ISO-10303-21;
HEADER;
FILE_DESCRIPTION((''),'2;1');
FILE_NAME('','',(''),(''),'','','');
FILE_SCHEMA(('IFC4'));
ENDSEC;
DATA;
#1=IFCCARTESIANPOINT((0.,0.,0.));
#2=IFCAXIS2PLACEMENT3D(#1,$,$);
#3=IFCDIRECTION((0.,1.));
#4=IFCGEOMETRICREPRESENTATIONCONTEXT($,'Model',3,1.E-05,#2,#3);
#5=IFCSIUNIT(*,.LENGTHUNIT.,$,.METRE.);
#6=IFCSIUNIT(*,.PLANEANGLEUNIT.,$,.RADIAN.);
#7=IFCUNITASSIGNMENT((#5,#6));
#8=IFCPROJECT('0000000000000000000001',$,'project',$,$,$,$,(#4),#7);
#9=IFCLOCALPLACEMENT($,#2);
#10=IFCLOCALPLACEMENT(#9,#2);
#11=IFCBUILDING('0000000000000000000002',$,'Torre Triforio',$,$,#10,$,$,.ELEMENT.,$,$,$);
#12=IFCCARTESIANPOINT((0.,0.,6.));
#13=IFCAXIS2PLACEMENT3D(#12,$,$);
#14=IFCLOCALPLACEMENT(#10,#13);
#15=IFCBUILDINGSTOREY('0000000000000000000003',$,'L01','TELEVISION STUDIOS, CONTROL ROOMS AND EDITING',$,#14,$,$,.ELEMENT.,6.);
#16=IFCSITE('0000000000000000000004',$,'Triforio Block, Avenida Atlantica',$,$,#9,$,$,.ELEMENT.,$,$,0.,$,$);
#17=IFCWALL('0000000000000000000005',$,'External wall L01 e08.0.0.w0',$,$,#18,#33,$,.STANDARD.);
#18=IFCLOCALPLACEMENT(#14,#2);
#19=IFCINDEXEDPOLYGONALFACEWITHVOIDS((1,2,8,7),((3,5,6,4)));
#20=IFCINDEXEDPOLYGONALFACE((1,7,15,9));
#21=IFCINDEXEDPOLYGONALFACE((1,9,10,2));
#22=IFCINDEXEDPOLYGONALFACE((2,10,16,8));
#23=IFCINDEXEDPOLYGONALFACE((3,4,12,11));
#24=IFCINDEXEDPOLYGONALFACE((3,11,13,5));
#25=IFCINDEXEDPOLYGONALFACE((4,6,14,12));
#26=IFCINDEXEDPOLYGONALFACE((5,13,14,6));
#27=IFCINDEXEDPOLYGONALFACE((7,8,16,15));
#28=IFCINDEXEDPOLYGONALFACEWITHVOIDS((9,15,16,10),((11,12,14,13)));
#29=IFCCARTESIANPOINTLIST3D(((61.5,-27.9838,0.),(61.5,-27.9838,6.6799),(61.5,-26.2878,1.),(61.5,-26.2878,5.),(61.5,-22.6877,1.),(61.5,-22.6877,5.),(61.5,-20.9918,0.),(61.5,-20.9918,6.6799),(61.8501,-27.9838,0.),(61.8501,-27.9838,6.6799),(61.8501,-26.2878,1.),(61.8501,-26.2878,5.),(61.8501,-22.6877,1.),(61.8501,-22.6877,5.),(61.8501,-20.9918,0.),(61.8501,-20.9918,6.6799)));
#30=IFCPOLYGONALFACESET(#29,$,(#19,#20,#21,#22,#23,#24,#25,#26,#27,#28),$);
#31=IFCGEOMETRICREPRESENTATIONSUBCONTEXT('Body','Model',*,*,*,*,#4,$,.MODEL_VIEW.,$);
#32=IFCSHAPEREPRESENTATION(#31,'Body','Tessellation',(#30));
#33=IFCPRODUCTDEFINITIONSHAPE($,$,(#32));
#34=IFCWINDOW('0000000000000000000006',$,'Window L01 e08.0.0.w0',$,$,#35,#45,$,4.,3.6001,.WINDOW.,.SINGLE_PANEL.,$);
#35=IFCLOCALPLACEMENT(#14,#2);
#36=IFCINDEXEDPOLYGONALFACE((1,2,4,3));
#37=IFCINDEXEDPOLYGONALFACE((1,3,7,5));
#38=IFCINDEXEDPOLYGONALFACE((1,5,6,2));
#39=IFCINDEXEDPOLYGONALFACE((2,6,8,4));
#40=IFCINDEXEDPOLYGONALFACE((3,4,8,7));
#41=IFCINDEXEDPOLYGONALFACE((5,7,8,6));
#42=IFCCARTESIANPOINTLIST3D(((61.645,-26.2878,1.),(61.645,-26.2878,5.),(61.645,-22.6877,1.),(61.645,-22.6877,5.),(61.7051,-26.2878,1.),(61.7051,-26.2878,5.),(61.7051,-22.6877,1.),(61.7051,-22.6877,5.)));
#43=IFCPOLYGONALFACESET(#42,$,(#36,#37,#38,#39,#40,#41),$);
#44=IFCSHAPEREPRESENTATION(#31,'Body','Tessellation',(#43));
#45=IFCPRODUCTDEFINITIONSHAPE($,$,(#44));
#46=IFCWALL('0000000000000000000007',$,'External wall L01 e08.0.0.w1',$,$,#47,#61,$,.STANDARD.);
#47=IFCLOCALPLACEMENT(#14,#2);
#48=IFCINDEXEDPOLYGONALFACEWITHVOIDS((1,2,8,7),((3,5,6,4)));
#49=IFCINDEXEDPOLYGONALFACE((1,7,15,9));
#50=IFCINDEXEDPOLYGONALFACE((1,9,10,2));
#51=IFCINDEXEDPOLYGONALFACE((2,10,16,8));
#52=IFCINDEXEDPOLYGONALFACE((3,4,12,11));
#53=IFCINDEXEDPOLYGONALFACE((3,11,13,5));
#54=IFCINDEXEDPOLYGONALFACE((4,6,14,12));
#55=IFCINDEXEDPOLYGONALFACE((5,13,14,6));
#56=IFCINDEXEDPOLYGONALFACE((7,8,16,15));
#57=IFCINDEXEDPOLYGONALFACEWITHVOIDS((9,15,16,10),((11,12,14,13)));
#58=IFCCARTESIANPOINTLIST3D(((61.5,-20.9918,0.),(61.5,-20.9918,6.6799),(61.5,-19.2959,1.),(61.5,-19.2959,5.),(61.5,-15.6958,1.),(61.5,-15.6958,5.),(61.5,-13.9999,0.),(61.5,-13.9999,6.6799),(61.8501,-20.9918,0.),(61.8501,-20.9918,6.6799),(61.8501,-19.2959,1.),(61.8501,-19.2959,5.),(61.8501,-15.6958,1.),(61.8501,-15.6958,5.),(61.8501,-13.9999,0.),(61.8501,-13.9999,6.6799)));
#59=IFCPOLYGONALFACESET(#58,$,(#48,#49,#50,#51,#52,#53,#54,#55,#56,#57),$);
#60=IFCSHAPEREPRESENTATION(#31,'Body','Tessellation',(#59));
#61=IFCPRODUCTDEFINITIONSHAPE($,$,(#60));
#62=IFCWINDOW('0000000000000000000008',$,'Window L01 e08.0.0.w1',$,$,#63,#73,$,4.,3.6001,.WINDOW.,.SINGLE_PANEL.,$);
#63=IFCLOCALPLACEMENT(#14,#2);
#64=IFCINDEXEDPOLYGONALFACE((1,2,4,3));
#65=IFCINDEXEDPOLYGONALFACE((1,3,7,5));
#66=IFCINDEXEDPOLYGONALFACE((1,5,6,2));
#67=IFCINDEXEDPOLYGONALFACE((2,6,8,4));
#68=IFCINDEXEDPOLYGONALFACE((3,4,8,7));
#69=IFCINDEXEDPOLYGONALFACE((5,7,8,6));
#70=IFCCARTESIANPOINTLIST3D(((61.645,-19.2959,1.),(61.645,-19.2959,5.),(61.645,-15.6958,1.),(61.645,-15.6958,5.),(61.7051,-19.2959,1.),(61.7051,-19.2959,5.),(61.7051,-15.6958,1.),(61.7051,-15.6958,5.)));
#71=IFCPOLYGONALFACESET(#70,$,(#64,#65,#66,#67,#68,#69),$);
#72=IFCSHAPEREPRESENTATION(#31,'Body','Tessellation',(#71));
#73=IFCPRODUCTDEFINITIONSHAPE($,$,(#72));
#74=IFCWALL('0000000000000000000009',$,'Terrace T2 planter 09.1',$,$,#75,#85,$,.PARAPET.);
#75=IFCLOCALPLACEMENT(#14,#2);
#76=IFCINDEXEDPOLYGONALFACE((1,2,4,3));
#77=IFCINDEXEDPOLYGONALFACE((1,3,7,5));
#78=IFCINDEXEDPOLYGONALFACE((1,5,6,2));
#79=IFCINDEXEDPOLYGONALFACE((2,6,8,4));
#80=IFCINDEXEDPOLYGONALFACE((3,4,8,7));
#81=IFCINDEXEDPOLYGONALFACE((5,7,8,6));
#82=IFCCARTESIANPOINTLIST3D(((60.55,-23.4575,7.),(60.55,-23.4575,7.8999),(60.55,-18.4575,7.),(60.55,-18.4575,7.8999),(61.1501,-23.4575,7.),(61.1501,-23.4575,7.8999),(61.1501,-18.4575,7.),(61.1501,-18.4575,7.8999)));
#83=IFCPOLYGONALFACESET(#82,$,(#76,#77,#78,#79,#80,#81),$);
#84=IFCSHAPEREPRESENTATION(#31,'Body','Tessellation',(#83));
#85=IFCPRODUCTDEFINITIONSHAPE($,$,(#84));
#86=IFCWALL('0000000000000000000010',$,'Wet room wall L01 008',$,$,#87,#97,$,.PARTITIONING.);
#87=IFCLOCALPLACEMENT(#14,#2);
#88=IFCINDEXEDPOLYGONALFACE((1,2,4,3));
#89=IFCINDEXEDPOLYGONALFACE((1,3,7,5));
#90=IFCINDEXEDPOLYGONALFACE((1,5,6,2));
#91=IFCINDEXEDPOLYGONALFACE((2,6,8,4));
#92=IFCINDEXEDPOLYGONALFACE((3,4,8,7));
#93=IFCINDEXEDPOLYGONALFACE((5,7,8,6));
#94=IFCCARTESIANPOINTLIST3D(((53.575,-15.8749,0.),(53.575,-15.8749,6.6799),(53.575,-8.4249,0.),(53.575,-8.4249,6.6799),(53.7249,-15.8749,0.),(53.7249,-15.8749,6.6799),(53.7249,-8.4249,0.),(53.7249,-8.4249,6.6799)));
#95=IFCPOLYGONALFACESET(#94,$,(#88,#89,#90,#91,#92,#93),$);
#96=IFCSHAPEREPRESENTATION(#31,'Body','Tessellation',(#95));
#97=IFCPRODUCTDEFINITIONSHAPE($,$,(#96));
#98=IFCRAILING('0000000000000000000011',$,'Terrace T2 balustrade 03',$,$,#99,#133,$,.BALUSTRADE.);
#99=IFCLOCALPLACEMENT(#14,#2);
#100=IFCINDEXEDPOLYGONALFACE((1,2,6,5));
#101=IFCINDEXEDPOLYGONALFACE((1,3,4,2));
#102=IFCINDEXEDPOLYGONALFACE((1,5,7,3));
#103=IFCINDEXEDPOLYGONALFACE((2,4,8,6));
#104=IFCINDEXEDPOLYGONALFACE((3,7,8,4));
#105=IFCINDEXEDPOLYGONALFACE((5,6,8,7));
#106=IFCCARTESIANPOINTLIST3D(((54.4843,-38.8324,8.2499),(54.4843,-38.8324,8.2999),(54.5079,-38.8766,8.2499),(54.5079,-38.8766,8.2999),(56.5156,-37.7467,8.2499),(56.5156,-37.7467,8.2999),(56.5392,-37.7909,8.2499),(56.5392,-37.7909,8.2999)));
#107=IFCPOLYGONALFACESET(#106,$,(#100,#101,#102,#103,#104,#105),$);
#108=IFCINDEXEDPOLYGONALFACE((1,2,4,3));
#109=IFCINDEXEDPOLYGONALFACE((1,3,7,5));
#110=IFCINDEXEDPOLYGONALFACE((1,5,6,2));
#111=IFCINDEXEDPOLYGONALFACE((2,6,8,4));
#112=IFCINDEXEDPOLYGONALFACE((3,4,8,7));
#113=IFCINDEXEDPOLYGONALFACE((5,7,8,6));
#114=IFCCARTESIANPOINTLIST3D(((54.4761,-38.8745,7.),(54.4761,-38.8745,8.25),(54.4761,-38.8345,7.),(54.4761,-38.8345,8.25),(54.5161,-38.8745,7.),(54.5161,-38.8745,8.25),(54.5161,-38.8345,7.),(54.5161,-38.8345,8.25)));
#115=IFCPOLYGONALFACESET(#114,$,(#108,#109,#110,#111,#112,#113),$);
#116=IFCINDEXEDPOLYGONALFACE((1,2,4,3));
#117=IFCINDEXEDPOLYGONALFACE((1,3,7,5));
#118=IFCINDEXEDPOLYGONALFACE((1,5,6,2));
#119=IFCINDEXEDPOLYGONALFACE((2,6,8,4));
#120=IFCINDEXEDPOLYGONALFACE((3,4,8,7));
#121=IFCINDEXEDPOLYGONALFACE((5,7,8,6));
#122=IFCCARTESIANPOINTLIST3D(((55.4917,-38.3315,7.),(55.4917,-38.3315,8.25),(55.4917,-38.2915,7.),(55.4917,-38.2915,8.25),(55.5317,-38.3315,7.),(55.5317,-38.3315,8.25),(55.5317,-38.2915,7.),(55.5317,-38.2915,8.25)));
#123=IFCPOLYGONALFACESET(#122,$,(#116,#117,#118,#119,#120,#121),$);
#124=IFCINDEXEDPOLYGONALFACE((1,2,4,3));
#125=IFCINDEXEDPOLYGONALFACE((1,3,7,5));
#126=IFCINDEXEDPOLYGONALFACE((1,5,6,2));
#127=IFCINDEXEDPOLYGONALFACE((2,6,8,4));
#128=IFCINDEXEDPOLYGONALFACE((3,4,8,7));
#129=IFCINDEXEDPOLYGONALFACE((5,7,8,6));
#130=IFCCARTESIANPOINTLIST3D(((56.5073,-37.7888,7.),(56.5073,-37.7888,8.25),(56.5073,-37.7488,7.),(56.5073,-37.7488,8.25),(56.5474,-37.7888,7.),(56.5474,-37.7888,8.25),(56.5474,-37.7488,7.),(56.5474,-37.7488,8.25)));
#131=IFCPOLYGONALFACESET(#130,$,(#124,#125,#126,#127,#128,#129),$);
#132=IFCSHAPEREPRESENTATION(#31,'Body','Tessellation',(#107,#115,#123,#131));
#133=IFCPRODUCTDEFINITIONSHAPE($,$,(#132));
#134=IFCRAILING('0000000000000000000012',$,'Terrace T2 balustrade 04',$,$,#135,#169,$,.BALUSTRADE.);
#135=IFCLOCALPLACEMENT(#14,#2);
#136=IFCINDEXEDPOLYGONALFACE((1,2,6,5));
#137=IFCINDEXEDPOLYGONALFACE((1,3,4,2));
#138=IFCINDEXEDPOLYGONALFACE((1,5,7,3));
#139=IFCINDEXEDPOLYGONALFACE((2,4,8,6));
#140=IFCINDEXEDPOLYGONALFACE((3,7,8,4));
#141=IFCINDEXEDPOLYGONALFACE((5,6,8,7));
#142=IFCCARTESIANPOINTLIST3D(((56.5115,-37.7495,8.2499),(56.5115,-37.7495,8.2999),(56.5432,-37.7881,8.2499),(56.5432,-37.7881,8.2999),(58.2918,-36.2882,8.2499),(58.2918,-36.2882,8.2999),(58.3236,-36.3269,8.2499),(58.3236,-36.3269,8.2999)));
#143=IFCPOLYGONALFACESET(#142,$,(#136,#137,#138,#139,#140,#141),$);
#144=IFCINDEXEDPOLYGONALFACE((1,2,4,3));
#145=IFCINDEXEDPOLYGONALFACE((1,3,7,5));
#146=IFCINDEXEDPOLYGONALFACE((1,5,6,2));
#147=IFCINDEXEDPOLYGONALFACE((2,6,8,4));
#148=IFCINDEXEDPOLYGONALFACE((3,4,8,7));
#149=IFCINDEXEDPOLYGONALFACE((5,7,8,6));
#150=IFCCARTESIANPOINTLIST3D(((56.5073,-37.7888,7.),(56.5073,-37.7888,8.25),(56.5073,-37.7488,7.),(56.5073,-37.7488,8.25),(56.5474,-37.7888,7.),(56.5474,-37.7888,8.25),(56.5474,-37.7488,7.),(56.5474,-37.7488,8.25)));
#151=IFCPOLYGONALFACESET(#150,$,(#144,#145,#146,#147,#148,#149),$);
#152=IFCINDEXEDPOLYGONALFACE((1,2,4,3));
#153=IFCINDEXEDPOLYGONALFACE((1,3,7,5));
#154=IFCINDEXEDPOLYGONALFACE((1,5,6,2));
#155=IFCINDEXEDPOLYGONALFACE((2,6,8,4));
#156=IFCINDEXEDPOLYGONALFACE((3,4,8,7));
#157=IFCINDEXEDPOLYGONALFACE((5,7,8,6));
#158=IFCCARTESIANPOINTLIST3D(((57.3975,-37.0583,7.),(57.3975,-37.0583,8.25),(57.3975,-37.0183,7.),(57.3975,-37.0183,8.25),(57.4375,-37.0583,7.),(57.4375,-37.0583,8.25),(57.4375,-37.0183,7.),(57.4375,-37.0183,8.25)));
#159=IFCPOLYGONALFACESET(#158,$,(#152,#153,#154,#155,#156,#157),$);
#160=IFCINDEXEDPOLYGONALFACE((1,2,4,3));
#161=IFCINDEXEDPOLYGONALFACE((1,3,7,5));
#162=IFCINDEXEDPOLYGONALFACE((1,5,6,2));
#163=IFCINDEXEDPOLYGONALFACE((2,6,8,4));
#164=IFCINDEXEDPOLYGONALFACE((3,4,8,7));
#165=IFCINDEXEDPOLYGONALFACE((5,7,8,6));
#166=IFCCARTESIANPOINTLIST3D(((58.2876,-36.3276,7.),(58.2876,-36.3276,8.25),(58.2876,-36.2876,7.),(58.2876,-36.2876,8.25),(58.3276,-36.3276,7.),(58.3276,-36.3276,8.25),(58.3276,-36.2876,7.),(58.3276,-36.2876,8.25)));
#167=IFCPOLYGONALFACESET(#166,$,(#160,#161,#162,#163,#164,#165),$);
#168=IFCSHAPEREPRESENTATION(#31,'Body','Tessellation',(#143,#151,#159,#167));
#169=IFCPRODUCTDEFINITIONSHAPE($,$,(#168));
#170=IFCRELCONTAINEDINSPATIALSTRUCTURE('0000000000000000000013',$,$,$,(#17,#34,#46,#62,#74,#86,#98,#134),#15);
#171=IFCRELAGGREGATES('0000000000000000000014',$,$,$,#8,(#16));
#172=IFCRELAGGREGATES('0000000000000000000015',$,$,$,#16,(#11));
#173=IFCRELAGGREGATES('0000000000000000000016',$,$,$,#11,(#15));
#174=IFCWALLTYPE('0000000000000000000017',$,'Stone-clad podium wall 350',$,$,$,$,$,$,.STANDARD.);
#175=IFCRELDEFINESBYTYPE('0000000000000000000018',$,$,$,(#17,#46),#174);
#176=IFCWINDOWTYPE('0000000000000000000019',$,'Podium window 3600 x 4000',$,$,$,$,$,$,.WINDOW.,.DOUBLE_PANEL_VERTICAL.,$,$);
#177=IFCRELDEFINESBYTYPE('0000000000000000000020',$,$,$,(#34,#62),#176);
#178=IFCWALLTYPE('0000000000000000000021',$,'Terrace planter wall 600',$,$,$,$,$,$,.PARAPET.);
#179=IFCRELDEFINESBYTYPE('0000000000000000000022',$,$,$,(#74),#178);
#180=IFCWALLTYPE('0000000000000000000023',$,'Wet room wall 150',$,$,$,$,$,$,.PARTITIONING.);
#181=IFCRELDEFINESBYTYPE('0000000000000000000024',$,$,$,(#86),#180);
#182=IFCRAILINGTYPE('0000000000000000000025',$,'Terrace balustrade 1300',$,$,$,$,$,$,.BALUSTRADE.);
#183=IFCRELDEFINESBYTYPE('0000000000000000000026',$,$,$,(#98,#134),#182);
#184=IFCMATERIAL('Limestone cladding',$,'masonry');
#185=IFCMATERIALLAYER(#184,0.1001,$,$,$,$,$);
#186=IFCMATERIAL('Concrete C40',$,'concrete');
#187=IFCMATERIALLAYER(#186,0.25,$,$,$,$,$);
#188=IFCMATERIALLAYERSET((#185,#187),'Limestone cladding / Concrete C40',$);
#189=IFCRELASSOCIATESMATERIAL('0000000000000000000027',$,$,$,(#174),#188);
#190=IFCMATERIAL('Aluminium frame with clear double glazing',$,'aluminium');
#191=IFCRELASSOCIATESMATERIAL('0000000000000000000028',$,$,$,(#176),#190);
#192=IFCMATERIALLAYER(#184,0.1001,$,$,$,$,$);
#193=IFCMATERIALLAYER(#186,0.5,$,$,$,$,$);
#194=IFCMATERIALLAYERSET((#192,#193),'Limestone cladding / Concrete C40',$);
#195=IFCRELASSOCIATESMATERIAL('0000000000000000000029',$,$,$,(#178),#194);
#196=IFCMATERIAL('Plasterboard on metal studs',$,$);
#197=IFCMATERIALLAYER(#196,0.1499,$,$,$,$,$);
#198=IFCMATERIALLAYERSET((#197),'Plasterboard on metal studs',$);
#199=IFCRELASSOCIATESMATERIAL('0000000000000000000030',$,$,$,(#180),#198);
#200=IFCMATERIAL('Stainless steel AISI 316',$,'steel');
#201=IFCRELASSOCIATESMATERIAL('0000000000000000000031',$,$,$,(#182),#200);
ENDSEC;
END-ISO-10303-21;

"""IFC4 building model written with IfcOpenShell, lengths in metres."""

from ifc_helpers import new_model, si_unit, direction, frame, frame_2d, origin, origin_2d, place, context, subcontext, project, spatial, rectangle, extrude, material, layer, layer_set, type_object, element, fill, save


model = new_model("IFC4")

# Units and contexts
model_context = context("Model", 3, precision=1e-05, world=origin(), true_north=direction((0.0, 1.0)))
body_context = subcontext(model_context, "Body", "Model", "MODEL_VIEW")
ifc_project = project(units=[si_unit("LENGTHUNIT", "METRE"), si_unit("PLANEANGLEUNIT", "RADIAN")], contexts=[model_context])

# Site, building, storey
site_placement = place(None, origin())
site = spatial("IfcSite", under=ifc_project, at=site_placement, Name="Triforio Block, Avenida Atlantica", CompositionType="ELEMENT", RefElevation=0.0)
building_placement = place(site_placement, origin())
building = spatial("IfcBuilding", under=site, at=building_placement, Name="Torre Triforio", CompositionType="ELEMENT")
storey_placement = place(building_placement, frame((0.0, 0.0, 6.0)))
storey = spatial("IfcBuildingStorey", under=building, at=storey_placement, Name="L01", Description="TELEVISION STUDIOS, CONTROL ROOMS AND EDITING", CompositionType="ELEMENT", Elevation=6.0)

# Shared definitions
ifc_material_1 = material(Name="Plasterboard on metal studs")
ifc_material_2 = material(Name="Concrete C40", Category="concrete")
ifc_material_3 = material(Name="Limestone cladding", Category="masonry")
ifc_layer_1 = layer(ifc_material_3, 0.1001)
ifc_layer_2 = layer(ifc_material_2, 0.25)
ifc_layer_set_1 = layer_set([ifc_layer_1, ifc_layer_2], Name="Limestone cladding / Concrete C40")
wall_type_1 = type_object("IfcWallType", Name="Stone-clad podium wall 350", PredefinedType="STANDARD", material=ifc_layer_set_1)

# Walls, openings, windows
wall_1_placement = place(storey_placement, frame((61.675, -27.9839, 0.0), z_axis=(0.0, 0.0, 1.0), x_axis=(0.0, 1.0, 0.0)))
wall_1 = element("IfcWall", 1, at=wall_1_placement, inside=storey, type_object=wall_type_1, Name="External wall L01 e08.0.0.w0", PredefinedType="STANDARD", context=body_context, shape_type="SweptSolid", body=[
    extrude(rectangle(XDim=6.9919, YDim=0.3501, at=frame_2d((3.4961, 0.0))), origin(), (0.0, 0.0, 1.0), 6.6799),
])
opening_1_placement = place(wall_1_placement, frame((1.696, 0.0, 1.0)))
opening_1 = element("IfcOpeningElement", 2, at=opening_1_placement, cuts=wall_1, PredefinedType="OPENING", context=body_context, shape_type="SweptSolid", body=[
    extrude(rectangle(XDim=3.6001, YDim=4.0, at=frame_2d((1.8, 2.0))), frame((0.0, 0.1851, 0.0), z_axis=(0.0, -1.0, 0.0), x_axis=(1.0, 0.0, 0.0)), (0.0, 0.0, 1.0), 0.3701),
])
ifc_material_4 = material(Name="Aluminium frame with clear double glazing", Category="aluminium")
window_type = type_object("IfcWindowType", Name="Podium window 3600 x 4000", PartitioningType="DOUBLE_PANEL_VERTICAL", PredefinedType="WINDOW", material=ifc_material_4)
window_1_placement = place(opening_1_placement, origin())
window_1 = element("IfcWindow", 3, at=window_1_placement, inside=storey, type_object=window_type, Name="Window L01 e08.0.0.w0", OverallHeight=4.0, OverallWidth=3.6001, PartitioningType="SINGLE_PANEL", PredefinedType="WINDOW", context=body_context, shape_type="SweptSolid", body=[
    extrude(rectangle(XDim=3.6001, YDim=4.0, at=frame_2d((1.8, 2.0))), frame((0.0, 0.03, 0.0), z_axis=(0.0, -1.0, 0.0), x_axis=(1.0, 0.0, 0.0)), (0.0, 0.0, 1.0), 0.0601),
])
fill(opening_1, window_1)
wall_2_placement = place(storey_placement, frame((61.675, -20.9919, 0.0), z_axis=(0.0, 0.0, 1.0), x_axis=(0.0, 1.0, 0.0)))
wall_2 = element("IfcWall", 4, at=wall_2_placement, inside=storey, type_object=wall_type_1, Name="External wall L01 e08.0.0.w1", PredefinedType="STANDARD", context=body_context, shape_type="SweptSolid", body=[
    extrude(rectangle(XDim=6.9919, YDim=0.3501, at=frame_2d((3.4961, 0.0))), origin(), (0.0, 0.0, 1.0), 6.6799),
])
opening_2_placement = place(wall_2_placement, frame((1.696, 0.0, 1.0)))
opening_2 = element("IfcOpeningElement", 5, at=opening_2_placement, cuts=wall_2, PredefinedType="OPENING", context=body_context, shape_type="SweptSolid", body=[
    extrude(rectangle(XDim=3.6001, YDim=4.0, at=frame_2d((1.8, 2.0))), frame((0.0, 0.1851, 0.0), z_axis=(0.0, -1.0, 0.0), x_axis=(1.0, 0.0, 0.0)), (0.0, 0.0, 1.0), 0.3701),
])
window_2_placement = place(opening_2_placement, origin())
window_2 = element("IfcWindow", 6, at=window_2_placement, inside=storey, type_object=window_type, Name="Window L01 e08.0.0.w1", OverallHeight=4.0, OverallWidth=3.6001, PartitioningType="SINGLE_PANEL", PredefinedType="WINDOW", context=body_context, shape_type="SweptSolid", body=[
    extrude(rectangle(XDim=3.6001, YDim=4.0, at=frame_2d((1.8, 2.0))), frame((0.0, 0.03, 0.0), z_axis=(0.0, -1.0, 0.0), x_axis=(1.0, 0.0, 0.0)), (0.0, 0.0, 1.0), 0.0601),
])
fill(opening_2, window_2)

# Walls
ifc_layer_3 = layer(ifc_material_3, 0.1001)
ifc_layer_4 = layer(ifc_material_2, 0.5)
ifc_layer_set_2 = layer_set([ifc_layer_3, ifc_layer_4], Name="Limestone cladding / Concrete C40")
wall_type_2 = type_object("IfcWallType", Name="Terrace planter wall 600", PredefinedType="PARAPET", material=ifc_layer_set_2)
wall_3_placement = place(storey_placement, frame((60.8501, -23.4575, 7.0), z_axis=(0.0, 0.0, 1.0), x_axis=(0.0, 1.0, 0.0)))
element("IfcWall", 7, at=wall_3_placement, inside=storey, type_object=wall_type_2, Name="Terrace T2 planter 09.1", PredefinedType="PARAPET", context=body_context, shape_type="SweptSolid", body=[
    extrude(rectangle(XDim=5.0, YDim=0.6001, at=frame_2d((2.5, 0.0))), origin(), (0.0, 0.0, 1.0), 0.8999),
])
ifc_layer_5 = layer(ifc_material_1, 0.1499)
ifc_layer_set_3 = layer_set([ifc_layer_5], Name="Plasterboard on metal studs")
wall_type_3 = type_object("IfcWallType", Name="Wet room wall 150", PredefinedType="PARTITIONING", material=ifc_layer_set_3)
wall_4_placement = place(storey_placement, frame((53.6499, -15.875, 0.0), z_axis=(0.0, 0.0, 1.0), x_axis=(0.0, 1.0, 0.0)))
element("IfcWall", 8, at=wall_4_placement, inside=storey, type_object=wall_type_3, Name="Wet room wall L01 008", PredefinedType="PARTITIONING", context=body_context, shape_type="SweptSolid", body=[
    extrude(rectangle(XDim=7.45, YDim=0.1499, at=frame_2d((3.7251, 0.0))), origin(), (0.0, 0.0, 1.0), 6.6799),
])

# Railings
ifc_material_5 = material(Name="Stainless steel AISI 316", Category="steel")
railing_type = type_object("IfcRailingType", Name="Terrace balustrade 1300", PredefinedType="BALUSTRADE", material=ifc_material_5)
railing_1_placement = place(storey_placement, frame((54.4961, -38.8545, 7.0)))
element("IfcRailing", 9, at=railing_1_placement, inside=storey, type_object=railing_type, Name="Terrace T2 balustrade 03", PredefinedType="BALUSTRADE", context=body_context, shape_type="SweptSolid", body=[
    extrude(rectangle(XDim=0.05, YDim=0.05, at=origin_2d()), frame((0.0, 0.0, 1.2749), z_axis=(0.881927, 0.471386, 0.0), x_axis=(-0.471386, 0.881927, 0.0)), (0.0, 0.0, 1.0), 2.3032),
    extrude(rectangle(XDim=0.04, YDim=0.04, at=origin_2d()), origin(), (0.0, 0.0, 1.0), 1.25),
    extrude(rectangle(XDim=0.04, YDim=0.04, at=origin_2d()), frame((1.0156, 0.543, 0.0)), (0.0, 0.0, 1.0), 1.25),
    extrude(rectangle(XDim=0.04, YDim=0.04, at=origin_2d()), frame((2.0312, 1.0857, 0.0)), (0.0, 0.0, 1.0), 1.25),
])
railing_2_placement = place(storey_placement, frame((56.5273, -37.7688, 7.0)))
element("IfcRailing", 10, at=railing_2_placement, inside=storey, type_object=railing_type, Name="Terrace T2 balustrade 04", PredefinedType="BALUSTRADE", context=body_context, shape_type="SweptSolid", body=[
    extrude(rectangle(XDim=0.05, YDim=0.05, at=origin_2d()), frame((0.0, 0.0, 1.2749), z_axis=(0.772979, 0.634432, 0.0), x_axis=(-0.634432, 0.772979, 0.0)), (0.0, 0.0, 1.0), 2.3032),
    extrude(rectangle(XDim=0.04, YDim=0.04, at=origin_2d()), origin(), (0.0, 0.0, 1.0), 1.25),
    extrude(rectangle(XDim=0.04, YDim=0.04, at=origin_2d()), frame((0.8901, 0.7305, 0.0)), (0.0, 0.0, 1.0), 1.25),
    extrude(rectangle(XDim=0.04, YDim=0.04, at=origin_2d()), frame((1.7803, 1.4612, 0.0)), (0.0, 0.0, 1.0), 1.25),
])

save(model, "model.ifc")
